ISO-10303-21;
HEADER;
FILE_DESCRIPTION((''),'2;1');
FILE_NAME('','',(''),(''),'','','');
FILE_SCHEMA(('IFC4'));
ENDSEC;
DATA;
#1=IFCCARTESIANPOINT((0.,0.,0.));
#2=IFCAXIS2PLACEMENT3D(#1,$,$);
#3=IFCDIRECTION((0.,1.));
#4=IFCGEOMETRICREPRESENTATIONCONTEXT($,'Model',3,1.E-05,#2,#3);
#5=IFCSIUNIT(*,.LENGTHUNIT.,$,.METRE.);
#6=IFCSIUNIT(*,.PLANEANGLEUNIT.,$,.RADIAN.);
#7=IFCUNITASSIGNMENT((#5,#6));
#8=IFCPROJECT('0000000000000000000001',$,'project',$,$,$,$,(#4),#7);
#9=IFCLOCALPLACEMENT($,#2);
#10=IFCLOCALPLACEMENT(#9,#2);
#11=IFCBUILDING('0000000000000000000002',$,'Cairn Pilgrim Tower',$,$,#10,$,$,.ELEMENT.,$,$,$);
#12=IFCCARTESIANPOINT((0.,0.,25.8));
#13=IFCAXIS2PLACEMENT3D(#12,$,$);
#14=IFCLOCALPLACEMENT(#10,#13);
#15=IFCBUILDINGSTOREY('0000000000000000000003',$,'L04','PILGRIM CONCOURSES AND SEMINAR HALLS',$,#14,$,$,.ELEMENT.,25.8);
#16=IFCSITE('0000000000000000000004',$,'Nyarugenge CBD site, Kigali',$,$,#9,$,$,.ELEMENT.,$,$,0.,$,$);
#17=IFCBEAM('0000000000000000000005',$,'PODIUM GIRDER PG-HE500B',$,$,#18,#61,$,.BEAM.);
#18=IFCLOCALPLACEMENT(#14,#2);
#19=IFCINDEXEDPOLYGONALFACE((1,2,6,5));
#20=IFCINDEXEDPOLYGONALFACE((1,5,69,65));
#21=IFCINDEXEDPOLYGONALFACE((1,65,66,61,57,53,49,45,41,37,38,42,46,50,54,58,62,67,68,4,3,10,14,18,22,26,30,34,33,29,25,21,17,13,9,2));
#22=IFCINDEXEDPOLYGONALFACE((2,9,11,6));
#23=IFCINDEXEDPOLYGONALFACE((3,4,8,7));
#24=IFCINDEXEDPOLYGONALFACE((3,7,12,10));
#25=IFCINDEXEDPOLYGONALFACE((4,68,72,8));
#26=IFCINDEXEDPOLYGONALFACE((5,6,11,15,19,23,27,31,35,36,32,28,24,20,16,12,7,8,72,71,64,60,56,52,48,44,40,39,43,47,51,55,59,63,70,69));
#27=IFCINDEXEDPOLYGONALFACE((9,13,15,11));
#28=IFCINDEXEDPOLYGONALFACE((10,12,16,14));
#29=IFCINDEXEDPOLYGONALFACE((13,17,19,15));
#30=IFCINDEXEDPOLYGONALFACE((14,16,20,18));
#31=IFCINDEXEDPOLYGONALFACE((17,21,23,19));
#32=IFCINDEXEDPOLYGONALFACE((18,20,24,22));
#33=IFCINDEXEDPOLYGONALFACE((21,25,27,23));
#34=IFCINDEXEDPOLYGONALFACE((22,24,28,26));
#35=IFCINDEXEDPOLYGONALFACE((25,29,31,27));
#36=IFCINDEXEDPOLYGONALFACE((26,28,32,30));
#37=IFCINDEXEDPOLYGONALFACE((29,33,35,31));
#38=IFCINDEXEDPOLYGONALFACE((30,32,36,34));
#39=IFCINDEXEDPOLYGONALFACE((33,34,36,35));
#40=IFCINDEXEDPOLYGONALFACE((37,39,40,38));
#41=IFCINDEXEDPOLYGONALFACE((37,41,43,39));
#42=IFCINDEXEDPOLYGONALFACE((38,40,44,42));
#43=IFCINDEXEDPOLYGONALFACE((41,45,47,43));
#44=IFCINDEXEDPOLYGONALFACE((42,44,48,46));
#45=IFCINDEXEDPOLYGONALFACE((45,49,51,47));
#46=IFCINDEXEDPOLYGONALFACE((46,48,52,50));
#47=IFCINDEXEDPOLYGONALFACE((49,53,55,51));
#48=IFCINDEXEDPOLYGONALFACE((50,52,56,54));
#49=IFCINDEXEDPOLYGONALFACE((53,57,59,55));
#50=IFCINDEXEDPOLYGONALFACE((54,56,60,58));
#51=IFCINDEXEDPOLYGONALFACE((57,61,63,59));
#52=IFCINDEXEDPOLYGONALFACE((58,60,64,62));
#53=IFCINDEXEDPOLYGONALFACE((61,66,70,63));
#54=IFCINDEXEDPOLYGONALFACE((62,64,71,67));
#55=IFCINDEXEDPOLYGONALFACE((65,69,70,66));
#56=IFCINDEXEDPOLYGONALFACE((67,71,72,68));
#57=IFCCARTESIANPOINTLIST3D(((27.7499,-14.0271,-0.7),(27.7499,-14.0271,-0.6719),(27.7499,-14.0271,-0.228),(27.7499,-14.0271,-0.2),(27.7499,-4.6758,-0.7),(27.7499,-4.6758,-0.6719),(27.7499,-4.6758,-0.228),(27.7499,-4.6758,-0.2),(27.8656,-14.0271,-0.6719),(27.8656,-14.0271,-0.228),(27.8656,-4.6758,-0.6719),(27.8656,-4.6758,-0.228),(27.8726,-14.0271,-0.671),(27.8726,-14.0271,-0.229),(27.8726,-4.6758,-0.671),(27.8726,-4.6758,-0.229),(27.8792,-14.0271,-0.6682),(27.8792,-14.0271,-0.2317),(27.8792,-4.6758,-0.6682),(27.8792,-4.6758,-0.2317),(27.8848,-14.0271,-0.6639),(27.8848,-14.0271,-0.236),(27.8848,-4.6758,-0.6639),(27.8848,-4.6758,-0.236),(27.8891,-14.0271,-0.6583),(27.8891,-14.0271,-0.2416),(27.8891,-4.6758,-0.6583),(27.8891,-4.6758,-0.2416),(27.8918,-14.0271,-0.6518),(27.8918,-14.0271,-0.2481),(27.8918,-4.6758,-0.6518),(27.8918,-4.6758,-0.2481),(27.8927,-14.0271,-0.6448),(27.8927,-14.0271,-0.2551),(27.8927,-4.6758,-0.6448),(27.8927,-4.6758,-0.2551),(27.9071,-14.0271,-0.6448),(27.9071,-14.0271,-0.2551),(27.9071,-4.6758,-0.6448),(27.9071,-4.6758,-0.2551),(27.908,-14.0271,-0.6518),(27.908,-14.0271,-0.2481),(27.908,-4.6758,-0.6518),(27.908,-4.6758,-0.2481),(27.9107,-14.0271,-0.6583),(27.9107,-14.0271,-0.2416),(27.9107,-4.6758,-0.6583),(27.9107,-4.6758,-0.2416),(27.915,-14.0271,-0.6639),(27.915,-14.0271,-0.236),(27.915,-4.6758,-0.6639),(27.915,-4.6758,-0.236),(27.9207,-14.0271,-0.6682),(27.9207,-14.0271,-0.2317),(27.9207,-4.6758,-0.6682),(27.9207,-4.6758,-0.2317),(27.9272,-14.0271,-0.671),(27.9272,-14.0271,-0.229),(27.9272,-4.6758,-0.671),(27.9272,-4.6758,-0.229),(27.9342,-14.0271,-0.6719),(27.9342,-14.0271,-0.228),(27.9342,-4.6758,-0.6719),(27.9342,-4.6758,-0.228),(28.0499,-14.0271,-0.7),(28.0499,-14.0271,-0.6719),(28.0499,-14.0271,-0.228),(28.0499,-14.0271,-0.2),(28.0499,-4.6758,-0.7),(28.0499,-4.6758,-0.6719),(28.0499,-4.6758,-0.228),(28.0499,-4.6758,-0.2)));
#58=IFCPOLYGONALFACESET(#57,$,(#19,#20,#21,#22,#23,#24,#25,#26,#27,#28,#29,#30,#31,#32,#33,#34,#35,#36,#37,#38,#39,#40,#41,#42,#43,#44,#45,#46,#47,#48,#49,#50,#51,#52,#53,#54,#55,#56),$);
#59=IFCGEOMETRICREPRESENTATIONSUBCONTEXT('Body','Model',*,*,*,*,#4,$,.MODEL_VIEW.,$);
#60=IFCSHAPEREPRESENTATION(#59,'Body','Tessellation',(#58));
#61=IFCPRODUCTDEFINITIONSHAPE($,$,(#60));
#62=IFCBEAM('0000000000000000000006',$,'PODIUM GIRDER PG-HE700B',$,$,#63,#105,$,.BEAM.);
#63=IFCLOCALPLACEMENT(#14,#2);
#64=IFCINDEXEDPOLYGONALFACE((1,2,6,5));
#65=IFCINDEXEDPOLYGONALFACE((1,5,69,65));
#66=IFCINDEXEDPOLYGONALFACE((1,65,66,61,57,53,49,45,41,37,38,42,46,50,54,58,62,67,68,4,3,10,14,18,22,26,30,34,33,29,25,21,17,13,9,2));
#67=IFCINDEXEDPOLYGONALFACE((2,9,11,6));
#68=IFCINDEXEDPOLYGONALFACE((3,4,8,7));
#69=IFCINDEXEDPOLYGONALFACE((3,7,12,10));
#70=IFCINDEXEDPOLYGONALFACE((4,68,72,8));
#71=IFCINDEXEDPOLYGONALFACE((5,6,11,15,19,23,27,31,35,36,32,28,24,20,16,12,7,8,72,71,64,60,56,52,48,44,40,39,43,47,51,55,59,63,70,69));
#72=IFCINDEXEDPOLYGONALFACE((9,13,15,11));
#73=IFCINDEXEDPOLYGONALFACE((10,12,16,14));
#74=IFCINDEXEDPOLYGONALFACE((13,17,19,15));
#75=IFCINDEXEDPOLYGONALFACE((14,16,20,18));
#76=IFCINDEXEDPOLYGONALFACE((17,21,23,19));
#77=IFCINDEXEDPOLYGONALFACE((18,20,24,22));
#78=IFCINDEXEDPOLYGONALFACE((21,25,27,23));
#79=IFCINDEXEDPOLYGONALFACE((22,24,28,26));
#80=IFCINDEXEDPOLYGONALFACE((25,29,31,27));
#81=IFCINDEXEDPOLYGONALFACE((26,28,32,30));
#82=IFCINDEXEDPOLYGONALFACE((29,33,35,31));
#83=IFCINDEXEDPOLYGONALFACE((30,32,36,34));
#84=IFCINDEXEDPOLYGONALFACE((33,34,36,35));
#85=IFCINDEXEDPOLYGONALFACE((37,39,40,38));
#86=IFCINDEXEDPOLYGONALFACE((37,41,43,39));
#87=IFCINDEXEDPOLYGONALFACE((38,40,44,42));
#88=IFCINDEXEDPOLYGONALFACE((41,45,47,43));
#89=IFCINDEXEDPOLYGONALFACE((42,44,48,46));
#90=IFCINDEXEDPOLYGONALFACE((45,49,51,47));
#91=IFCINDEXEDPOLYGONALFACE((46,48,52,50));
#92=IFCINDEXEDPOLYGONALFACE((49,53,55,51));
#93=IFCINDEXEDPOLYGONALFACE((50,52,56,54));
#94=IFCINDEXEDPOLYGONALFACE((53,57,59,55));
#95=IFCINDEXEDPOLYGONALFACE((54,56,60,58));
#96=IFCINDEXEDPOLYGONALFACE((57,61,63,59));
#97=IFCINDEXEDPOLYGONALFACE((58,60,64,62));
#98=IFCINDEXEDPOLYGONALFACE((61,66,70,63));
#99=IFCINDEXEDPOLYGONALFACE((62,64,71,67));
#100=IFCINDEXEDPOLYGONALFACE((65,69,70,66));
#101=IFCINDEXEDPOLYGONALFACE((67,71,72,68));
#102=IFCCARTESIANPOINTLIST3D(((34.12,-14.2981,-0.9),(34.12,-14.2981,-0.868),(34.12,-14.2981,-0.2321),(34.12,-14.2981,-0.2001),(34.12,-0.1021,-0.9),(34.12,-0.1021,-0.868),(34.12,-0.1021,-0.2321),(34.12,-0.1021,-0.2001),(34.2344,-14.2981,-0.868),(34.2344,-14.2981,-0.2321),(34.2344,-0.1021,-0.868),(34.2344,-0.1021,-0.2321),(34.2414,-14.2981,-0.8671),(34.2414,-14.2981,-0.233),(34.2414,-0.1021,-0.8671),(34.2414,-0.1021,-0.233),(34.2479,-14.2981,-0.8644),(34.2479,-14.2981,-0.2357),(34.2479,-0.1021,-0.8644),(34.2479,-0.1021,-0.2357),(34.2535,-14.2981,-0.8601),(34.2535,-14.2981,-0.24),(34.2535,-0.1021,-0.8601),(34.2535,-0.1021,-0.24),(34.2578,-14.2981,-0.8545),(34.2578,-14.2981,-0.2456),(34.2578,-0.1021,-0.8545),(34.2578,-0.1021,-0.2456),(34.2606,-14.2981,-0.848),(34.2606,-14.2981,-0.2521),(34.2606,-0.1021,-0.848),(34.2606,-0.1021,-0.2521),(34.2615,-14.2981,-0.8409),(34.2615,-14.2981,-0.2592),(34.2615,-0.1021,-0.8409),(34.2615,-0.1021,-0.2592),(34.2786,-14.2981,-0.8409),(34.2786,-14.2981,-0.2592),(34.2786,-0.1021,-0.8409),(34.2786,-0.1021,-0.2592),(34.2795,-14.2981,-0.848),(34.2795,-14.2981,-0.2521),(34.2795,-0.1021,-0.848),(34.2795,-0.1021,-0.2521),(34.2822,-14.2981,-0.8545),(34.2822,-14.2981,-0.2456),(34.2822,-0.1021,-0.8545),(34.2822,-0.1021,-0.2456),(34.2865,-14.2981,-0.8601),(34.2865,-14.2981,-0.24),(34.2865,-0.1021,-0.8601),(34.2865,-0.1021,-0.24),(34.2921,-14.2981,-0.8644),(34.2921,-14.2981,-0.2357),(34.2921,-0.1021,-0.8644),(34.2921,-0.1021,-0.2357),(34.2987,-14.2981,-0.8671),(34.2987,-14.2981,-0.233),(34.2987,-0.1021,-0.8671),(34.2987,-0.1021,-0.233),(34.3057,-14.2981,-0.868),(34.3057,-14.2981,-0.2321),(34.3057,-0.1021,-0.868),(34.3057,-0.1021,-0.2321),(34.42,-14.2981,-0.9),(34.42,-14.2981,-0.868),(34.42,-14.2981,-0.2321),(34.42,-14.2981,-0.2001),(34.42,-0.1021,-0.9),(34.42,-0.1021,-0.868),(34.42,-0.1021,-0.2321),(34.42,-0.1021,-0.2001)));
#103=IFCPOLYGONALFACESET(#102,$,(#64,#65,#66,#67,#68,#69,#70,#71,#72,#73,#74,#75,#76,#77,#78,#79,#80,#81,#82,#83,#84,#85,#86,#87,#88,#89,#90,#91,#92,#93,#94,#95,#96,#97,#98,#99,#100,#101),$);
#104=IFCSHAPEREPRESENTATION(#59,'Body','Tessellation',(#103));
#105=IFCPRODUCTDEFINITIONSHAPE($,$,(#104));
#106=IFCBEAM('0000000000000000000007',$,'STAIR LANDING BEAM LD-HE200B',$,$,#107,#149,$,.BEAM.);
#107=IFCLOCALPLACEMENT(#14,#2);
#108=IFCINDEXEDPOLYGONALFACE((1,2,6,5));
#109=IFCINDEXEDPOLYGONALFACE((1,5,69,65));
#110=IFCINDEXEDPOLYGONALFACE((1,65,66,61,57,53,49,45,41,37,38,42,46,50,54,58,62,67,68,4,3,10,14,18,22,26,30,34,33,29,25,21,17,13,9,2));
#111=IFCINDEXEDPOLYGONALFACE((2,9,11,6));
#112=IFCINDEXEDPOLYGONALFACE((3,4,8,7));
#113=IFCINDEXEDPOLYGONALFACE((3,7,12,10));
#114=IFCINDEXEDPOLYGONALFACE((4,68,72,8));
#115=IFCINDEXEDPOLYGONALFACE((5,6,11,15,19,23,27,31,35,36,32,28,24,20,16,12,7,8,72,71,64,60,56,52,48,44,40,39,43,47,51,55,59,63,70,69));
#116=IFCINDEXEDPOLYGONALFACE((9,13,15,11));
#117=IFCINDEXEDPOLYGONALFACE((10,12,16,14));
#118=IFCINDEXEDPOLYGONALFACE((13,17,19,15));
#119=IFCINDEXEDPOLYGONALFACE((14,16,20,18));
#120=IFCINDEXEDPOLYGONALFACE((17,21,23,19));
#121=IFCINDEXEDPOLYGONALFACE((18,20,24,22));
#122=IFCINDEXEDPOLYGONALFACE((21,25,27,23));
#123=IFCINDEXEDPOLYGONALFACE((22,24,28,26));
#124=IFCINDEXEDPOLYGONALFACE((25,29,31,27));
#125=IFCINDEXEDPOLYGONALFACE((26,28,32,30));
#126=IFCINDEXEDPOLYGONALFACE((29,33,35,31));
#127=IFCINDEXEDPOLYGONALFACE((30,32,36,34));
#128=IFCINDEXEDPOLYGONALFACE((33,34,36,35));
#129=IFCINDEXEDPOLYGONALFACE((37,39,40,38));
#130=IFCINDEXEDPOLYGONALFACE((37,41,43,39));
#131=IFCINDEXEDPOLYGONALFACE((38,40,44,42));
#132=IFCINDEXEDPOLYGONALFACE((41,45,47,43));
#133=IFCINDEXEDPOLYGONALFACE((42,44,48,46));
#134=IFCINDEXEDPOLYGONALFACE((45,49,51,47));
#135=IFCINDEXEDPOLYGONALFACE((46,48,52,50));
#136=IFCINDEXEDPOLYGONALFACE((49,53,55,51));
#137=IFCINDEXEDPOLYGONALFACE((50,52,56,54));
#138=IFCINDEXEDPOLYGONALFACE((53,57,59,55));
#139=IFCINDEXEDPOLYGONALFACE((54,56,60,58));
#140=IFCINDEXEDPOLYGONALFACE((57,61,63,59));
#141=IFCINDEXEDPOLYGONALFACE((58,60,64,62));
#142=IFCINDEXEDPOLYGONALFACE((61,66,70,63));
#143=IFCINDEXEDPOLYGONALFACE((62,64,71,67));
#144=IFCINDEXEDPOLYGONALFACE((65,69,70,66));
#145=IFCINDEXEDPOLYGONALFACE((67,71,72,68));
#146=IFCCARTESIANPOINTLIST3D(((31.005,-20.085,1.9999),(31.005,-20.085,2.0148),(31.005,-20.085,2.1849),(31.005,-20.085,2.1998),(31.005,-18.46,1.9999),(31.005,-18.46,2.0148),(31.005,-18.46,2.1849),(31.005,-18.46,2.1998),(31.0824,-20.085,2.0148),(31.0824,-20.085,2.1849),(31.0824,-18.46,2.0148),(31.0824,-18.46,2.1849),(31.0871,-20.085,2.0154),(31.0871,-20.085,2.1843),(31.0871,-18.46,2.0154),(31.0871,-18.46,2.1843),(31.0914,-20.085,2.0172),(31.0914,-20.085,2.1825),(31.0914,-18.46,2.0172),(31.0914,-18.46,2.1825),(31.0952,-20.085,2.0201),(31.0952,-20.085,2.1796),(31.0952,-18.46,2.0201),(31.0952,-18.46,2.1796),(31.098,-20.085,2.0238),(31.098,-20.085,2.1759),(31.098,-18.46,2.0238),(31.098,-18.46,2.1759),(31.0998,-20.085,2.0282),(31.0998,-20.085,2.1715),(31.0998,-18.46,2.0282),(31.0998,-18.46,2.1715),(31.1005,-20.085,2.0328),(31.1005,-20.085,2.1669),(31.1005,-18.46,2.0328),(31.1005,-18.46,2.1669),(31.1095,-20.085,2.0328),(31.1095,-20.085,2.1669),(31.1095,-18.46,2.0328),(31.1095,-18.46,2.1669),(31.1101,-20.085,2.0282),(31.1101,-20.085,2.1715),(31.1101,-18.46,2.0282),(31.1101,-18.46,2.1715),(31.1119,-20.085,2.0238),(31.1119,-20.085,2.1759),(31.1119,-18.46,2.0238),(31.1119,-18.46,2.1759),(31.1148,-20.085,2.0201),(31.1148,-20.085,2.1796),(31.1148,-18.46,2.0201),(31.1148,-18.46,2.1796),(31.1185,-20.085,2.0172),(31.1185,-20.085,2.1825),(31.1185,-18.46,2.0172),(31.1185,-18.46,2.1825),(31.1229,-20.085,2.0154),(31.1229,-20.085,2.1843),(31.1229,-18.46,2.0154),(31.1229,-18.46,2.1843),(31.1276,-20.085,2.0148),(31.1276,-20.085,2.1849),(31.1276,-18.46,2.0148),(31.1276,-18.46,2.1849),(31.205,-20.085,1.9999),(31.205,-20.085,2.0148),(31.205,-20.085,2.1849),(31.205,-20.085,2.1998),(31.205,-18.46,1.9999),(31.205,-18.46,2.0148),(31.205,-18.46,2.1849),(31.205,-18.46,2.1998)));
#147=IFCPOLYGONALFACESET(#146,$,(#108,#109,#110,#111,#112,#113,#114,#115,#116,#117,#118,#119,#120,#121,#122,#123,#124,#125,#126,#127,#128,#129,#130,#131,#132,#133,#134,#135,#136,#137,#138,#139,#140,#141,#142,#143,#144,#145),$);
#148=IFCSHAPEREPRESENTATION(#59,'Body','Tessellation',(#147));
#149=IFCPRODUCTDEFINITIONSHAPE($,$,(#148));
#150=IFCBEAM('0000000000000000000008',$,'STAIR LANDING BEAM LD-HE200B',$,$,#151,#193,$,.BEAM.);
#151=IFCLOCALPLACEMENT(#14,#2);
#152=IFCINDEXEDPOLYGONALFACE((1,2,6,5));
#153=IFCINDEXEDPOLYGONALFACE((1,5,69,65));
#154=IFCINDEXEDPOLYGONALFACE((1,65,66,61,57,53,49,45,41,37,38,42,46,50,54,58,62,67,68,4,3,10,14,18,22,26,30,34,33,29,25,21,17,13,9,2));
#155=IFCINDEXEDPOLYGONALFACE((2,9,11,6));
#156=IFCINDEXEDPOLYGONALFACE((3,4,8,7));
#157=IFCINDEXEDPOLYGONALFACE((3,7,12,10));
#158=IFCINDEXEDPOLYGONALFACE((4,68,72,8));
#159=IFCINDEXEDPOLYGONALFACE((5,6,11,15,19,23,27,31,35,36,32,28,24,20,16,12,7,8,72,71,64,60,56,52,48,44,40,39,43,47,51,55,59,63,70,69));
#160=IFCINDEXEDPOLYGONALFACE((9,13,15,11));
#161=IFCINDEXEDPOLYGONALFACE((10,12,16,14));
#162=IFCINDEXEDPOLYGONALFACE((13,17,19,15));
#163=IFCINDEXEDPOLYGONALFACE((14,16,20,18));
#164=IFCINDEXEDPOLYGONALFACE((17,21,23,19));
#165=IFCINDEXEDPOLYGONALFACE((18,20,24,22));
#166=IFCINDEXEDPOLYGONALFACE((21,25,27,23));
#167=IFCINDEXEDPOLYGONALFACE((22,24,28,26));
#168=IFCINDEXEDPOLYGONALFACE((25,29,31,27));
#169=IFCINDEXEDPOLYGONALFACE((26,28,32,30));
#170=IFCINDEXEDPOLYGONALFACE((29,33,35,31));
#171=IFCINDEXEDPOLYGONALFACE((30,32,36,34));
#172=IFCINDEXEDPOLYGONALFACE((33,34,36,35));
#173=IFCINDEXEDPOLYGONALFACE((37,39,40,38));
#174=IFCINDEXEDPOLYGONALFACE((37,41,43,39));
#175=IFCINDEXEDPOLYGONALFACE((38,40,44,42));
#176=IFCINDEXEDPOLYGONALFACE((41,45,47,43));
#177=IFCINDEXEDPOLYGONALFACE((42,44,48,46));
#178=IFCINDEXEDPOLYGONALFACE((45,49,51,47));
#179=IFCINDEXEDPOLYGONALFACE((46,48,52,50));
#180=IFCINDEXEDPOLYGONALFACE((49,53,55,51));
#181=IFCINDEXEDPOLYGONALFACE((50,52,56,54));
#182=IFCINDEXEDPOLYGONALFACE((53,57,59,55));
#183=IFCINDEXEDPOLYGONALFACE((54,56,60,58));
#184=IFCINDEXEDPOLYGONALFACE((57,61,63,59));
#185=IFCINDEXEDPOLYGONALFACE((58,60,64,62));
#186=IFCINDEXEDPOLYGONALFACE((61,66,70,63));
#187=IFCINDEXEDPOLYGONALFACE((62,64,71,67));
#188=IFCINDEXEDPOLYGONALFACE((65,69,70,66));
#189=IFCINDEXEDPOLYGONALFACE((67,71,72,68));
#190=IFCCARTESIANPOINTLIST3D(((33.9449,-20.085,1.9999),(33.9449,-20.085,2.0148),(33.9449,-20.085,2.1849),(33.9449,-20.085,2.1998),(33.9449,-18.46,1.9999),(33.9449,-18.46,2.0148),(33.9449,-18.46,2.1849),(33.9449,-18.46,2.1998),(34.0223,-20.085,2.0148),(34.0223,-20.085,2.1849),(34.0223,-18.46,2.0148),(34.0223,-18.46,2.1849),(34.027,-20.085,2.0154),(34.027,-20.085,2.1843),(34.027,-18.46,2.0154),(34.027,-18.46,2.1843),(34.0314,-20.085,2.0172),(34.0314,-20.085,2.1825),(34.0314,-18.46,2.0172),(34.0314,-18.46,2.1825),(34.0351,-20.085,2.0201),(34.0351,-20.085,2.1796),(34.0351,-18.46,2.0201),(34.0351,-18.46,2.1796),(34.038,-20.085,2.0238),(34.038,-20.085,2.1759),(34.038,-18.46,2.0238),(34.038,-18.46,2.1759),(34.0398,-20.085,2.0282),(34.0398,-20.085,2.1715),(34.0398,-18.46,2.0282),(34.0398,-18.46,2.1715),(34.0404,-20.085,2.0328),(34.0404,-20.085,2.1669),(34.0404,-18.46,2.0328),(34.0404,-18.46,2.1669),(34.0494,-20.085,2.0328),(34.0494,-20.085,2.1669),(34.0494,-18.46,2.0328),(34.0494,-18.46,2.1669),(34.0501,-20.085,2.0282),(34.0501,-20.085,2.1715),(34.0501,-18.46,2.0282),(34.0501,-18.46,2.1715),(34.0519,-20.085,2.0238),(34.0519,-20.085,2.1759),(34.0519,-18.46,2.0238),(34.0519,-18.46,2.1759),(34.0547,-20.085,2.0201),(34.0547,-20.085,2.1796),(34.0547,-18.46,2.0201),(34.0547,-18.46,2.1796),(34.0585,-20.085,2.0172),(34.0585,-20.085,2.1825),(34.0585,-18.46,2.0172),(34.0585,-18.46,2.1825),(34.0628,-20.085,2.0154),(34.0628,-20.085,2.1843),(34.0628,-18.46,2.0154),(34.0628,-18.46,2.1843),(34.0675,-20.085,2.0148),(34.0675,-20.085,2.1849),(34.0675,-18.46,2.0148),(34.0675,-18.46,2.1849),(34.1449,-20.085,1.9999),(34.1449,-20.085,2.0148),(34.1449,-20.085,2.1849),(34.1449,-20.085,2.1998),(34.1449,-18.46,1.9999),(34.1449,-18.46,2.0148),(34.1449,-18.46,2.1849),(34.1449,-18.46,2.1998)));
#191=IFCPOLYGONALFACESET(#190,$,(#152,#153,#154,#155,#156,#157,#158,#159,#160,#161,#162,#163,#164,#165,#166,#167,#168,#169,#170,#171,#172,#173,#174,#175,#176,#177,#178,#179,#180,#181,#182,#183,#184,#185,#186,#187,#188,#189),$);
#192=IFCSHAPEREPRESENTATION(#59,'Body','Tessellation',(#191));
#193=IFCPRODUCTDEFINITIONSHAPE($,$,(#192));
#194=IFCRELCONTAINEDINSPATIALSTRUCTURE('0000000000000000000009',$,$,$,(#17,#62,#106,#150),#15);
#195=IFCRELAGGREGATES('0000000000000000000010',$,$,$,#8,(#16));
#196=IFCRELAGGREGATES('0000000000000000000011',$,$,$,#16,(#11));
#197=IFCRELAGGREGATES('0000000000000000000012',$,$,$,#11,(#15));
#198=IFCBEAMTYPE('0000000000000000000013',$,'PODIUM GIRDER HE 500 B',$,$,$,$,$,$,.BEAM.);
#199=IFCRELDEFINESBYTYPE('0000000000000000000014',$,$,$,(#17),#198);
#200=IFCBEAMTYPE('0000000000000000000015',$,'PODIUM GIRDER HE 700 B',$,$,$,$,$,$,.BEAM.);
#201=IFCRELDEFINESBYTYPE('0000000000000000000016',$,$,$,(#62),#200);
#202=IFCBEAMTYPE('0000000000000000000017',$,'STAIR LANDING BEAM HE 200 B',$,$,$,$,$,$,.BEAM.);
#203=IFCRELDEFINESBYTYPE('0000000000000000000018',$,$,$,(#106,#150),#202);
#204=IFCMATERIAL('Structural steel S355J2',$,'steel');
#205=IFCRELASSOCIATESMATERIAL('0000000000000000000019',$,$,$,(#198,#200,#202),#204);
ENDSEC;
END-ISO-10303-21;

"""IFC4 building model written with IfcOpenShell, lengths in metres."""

from ifc_helpers import new_model, si_unit, direction, frame, origin, origin_2d, place, context, subcontext, project, spatial, i_section, extrude, material, material_profile, profile_set, type_object, element, save


model = new_model("IFC4")

# Units and contexts
model_context = context("Model", 3, precision=1e-05, world=origin(), true_north=direction((0.0, 1.0)))
body_context = subcontext(model_context, "Body", "Model", "MODEL_VIEW")
ifc_project = project(units=[si_unit("LENGTHUNIT", "METRE"), si_unit("PLANEANGLEUNIT", "RADIAN")], contexts=[model_context])

# Site, building, storey
site_placement = place(None, origin())
site = spatial("IfcSite", under=ifc_project, at=site_placement, Name="Nyarugenge CBD site, Kigali", CompositionType="ELEMENT", RefElevation=0.0)
building_placement = place(site_placement, origin())
building = spatial("IfcBuilding", under=site, at=building_placement, Name="Cairn Pilgrim Tower", CompositionType="ELEMENT")
storey_placement = place(building_placement, frame((0.0, 0.0, 25.8)))
storey = spatial("IfcBuildingStorey", under=building, at=storey_placement, Name="L04", Description="PILGRIM CONCOURSES AND SEMINAR HALLS", CompositionType="ELEMENT", Elevation=25.8)

# Shared definitions
ifc_material_1 = material(Name="Structural steel S355J2", Category="steel")

# Beams
ifc_material_profile_1 = material_profile(ifc_material_1, i_section(OverallWidth=0.3, OverallDepth=0.5, WebThickness=0.0144, FlangeThickness=0.0281, FilletRadius=0.0271, at=origin_2d()), Name="HEB 500")
ifc_profile_set_1 = profile_set([ifc_material_profile_1], Name="Structural steel S355J2")
beam_type_1 = type_object("IfcBeamType", Name="PODIUM GIRDER HE 500 B", PredefinedType="BEAM", material=ifc_profile_set_1)
beam_1_placement = place(storey_placement, frame((27.8999, -14.0271, -0.45), z_axis=(0.0, 1.0, 0.0), x_axis=(-1.0, 0.0, 0.0)))
element("IfcBeam", 1, at=beam_1_placement, inside=storey, type_object=beam_type_1, Name="PODIUM GIRDER PG-HE500B", PredefinedType="BEAM", context=body_context, shape_type="SweptSolid", body=[
    extrude(i_section(OverallWidth=0.3, OverallDepth=0.5, WebThickness=0.0144, FlangeThickness=0.0281, FilletRadius=0.0271, at=origin_2d()), origin(), (0.0, 0.0, 1.0), 9.3513),
])
ifc_material_profile_2 = material_profile(ifc_material_1, i_section(OverallWidth=0.3, OverallDepth=0.7, WebThickness=0.0171, FlangeThickness=0.032, FilletRadius=0.0271, at=origin_2d()), Name="HEB 700")
ifc_profile_set_2 = profile_set([ifc_material_profile_2], Name="Structural steel S355J2")
beam_type_2 = type_object("IfcBeamType", Name="PODIUM GIRDER HE 700 B", PredefinedType="BEAM", material=ifc_profile_set_2)
beam_2_placement = place(storey_placement, frame((34.27, -14.2981, -0.55), z_axis=(0.0, 1.0, 0.0), x_axis=(-1.0, 0.0, 0.0)))
element("IfcBeam", 2, at=beam_2_placement, inside=storey, type_object=beam_type_2, Name="PODIUM GIRDER PG-HE700B", PredefinedType="BEAM", context=body_context, shape_type="SweptSolid", body=[
    extrude(i_section(OverallWidth=0.3, OverallDepth=0.7, WebThickness=0.0171, FlangeThickness=0.032, FilletRadius=0.0271, at=origin_2d()), origin(), (0.0, 0.0, 1.0), 14.196),
])
ifc_material_profile_3 = material_profile(ifc_material_1, i_section(OverallWidth=0.2, OverallDepth=0.2, WebThickness=0.009, FlangeThickness=0.0149, FilletRadius=0.0181, at=origin_2d()), Name="HE 200 B")
ifc_profile_set_3 = profile_set([ifc_material_profile_3], Name="Structural steel S355J2")
beam_type_3 = type_object("IfcBeamType", Name="STAIR LANDING BEAM HE 200 B", PredefinedType="BEAM", material=ifc_profile_set_3)
for number, where, z_axis, x_axis, name in (
    (3, (31.105, -18.46, 2.0999), (0.0, -1.0, 0.0), (1.0, 0.0, 0.0), "STAIR LANDING BEAM LD-HE200B"),
    (4, (34.0449, -18.46, 2.0999), (0.0, -1.0, 0.0), (1.0, 0.0, 0.0), "STAIR LANDING BEAM LD-HE200B"),
):
    element("IfcBeam", number, at=place(storey_placement, frame(where, z_axis=z_axis, x_axis=x_axis)), inside=storey, type_object=beam_type_3, Name=name, PredefinedType="BEAM", context=body_context, shape_type="SweptSolid", body=[
        extrude(i_section(OverallWidth=0.2, OverallDepth=0.2, WebThickness=0.009, FlangeThickness=0.0149, FilletRadius=0.0181, at=origin_2d()), origin(), (0.0, 0.0, 1.0), 1.625),
    ])

save(model, "model.ifc")
